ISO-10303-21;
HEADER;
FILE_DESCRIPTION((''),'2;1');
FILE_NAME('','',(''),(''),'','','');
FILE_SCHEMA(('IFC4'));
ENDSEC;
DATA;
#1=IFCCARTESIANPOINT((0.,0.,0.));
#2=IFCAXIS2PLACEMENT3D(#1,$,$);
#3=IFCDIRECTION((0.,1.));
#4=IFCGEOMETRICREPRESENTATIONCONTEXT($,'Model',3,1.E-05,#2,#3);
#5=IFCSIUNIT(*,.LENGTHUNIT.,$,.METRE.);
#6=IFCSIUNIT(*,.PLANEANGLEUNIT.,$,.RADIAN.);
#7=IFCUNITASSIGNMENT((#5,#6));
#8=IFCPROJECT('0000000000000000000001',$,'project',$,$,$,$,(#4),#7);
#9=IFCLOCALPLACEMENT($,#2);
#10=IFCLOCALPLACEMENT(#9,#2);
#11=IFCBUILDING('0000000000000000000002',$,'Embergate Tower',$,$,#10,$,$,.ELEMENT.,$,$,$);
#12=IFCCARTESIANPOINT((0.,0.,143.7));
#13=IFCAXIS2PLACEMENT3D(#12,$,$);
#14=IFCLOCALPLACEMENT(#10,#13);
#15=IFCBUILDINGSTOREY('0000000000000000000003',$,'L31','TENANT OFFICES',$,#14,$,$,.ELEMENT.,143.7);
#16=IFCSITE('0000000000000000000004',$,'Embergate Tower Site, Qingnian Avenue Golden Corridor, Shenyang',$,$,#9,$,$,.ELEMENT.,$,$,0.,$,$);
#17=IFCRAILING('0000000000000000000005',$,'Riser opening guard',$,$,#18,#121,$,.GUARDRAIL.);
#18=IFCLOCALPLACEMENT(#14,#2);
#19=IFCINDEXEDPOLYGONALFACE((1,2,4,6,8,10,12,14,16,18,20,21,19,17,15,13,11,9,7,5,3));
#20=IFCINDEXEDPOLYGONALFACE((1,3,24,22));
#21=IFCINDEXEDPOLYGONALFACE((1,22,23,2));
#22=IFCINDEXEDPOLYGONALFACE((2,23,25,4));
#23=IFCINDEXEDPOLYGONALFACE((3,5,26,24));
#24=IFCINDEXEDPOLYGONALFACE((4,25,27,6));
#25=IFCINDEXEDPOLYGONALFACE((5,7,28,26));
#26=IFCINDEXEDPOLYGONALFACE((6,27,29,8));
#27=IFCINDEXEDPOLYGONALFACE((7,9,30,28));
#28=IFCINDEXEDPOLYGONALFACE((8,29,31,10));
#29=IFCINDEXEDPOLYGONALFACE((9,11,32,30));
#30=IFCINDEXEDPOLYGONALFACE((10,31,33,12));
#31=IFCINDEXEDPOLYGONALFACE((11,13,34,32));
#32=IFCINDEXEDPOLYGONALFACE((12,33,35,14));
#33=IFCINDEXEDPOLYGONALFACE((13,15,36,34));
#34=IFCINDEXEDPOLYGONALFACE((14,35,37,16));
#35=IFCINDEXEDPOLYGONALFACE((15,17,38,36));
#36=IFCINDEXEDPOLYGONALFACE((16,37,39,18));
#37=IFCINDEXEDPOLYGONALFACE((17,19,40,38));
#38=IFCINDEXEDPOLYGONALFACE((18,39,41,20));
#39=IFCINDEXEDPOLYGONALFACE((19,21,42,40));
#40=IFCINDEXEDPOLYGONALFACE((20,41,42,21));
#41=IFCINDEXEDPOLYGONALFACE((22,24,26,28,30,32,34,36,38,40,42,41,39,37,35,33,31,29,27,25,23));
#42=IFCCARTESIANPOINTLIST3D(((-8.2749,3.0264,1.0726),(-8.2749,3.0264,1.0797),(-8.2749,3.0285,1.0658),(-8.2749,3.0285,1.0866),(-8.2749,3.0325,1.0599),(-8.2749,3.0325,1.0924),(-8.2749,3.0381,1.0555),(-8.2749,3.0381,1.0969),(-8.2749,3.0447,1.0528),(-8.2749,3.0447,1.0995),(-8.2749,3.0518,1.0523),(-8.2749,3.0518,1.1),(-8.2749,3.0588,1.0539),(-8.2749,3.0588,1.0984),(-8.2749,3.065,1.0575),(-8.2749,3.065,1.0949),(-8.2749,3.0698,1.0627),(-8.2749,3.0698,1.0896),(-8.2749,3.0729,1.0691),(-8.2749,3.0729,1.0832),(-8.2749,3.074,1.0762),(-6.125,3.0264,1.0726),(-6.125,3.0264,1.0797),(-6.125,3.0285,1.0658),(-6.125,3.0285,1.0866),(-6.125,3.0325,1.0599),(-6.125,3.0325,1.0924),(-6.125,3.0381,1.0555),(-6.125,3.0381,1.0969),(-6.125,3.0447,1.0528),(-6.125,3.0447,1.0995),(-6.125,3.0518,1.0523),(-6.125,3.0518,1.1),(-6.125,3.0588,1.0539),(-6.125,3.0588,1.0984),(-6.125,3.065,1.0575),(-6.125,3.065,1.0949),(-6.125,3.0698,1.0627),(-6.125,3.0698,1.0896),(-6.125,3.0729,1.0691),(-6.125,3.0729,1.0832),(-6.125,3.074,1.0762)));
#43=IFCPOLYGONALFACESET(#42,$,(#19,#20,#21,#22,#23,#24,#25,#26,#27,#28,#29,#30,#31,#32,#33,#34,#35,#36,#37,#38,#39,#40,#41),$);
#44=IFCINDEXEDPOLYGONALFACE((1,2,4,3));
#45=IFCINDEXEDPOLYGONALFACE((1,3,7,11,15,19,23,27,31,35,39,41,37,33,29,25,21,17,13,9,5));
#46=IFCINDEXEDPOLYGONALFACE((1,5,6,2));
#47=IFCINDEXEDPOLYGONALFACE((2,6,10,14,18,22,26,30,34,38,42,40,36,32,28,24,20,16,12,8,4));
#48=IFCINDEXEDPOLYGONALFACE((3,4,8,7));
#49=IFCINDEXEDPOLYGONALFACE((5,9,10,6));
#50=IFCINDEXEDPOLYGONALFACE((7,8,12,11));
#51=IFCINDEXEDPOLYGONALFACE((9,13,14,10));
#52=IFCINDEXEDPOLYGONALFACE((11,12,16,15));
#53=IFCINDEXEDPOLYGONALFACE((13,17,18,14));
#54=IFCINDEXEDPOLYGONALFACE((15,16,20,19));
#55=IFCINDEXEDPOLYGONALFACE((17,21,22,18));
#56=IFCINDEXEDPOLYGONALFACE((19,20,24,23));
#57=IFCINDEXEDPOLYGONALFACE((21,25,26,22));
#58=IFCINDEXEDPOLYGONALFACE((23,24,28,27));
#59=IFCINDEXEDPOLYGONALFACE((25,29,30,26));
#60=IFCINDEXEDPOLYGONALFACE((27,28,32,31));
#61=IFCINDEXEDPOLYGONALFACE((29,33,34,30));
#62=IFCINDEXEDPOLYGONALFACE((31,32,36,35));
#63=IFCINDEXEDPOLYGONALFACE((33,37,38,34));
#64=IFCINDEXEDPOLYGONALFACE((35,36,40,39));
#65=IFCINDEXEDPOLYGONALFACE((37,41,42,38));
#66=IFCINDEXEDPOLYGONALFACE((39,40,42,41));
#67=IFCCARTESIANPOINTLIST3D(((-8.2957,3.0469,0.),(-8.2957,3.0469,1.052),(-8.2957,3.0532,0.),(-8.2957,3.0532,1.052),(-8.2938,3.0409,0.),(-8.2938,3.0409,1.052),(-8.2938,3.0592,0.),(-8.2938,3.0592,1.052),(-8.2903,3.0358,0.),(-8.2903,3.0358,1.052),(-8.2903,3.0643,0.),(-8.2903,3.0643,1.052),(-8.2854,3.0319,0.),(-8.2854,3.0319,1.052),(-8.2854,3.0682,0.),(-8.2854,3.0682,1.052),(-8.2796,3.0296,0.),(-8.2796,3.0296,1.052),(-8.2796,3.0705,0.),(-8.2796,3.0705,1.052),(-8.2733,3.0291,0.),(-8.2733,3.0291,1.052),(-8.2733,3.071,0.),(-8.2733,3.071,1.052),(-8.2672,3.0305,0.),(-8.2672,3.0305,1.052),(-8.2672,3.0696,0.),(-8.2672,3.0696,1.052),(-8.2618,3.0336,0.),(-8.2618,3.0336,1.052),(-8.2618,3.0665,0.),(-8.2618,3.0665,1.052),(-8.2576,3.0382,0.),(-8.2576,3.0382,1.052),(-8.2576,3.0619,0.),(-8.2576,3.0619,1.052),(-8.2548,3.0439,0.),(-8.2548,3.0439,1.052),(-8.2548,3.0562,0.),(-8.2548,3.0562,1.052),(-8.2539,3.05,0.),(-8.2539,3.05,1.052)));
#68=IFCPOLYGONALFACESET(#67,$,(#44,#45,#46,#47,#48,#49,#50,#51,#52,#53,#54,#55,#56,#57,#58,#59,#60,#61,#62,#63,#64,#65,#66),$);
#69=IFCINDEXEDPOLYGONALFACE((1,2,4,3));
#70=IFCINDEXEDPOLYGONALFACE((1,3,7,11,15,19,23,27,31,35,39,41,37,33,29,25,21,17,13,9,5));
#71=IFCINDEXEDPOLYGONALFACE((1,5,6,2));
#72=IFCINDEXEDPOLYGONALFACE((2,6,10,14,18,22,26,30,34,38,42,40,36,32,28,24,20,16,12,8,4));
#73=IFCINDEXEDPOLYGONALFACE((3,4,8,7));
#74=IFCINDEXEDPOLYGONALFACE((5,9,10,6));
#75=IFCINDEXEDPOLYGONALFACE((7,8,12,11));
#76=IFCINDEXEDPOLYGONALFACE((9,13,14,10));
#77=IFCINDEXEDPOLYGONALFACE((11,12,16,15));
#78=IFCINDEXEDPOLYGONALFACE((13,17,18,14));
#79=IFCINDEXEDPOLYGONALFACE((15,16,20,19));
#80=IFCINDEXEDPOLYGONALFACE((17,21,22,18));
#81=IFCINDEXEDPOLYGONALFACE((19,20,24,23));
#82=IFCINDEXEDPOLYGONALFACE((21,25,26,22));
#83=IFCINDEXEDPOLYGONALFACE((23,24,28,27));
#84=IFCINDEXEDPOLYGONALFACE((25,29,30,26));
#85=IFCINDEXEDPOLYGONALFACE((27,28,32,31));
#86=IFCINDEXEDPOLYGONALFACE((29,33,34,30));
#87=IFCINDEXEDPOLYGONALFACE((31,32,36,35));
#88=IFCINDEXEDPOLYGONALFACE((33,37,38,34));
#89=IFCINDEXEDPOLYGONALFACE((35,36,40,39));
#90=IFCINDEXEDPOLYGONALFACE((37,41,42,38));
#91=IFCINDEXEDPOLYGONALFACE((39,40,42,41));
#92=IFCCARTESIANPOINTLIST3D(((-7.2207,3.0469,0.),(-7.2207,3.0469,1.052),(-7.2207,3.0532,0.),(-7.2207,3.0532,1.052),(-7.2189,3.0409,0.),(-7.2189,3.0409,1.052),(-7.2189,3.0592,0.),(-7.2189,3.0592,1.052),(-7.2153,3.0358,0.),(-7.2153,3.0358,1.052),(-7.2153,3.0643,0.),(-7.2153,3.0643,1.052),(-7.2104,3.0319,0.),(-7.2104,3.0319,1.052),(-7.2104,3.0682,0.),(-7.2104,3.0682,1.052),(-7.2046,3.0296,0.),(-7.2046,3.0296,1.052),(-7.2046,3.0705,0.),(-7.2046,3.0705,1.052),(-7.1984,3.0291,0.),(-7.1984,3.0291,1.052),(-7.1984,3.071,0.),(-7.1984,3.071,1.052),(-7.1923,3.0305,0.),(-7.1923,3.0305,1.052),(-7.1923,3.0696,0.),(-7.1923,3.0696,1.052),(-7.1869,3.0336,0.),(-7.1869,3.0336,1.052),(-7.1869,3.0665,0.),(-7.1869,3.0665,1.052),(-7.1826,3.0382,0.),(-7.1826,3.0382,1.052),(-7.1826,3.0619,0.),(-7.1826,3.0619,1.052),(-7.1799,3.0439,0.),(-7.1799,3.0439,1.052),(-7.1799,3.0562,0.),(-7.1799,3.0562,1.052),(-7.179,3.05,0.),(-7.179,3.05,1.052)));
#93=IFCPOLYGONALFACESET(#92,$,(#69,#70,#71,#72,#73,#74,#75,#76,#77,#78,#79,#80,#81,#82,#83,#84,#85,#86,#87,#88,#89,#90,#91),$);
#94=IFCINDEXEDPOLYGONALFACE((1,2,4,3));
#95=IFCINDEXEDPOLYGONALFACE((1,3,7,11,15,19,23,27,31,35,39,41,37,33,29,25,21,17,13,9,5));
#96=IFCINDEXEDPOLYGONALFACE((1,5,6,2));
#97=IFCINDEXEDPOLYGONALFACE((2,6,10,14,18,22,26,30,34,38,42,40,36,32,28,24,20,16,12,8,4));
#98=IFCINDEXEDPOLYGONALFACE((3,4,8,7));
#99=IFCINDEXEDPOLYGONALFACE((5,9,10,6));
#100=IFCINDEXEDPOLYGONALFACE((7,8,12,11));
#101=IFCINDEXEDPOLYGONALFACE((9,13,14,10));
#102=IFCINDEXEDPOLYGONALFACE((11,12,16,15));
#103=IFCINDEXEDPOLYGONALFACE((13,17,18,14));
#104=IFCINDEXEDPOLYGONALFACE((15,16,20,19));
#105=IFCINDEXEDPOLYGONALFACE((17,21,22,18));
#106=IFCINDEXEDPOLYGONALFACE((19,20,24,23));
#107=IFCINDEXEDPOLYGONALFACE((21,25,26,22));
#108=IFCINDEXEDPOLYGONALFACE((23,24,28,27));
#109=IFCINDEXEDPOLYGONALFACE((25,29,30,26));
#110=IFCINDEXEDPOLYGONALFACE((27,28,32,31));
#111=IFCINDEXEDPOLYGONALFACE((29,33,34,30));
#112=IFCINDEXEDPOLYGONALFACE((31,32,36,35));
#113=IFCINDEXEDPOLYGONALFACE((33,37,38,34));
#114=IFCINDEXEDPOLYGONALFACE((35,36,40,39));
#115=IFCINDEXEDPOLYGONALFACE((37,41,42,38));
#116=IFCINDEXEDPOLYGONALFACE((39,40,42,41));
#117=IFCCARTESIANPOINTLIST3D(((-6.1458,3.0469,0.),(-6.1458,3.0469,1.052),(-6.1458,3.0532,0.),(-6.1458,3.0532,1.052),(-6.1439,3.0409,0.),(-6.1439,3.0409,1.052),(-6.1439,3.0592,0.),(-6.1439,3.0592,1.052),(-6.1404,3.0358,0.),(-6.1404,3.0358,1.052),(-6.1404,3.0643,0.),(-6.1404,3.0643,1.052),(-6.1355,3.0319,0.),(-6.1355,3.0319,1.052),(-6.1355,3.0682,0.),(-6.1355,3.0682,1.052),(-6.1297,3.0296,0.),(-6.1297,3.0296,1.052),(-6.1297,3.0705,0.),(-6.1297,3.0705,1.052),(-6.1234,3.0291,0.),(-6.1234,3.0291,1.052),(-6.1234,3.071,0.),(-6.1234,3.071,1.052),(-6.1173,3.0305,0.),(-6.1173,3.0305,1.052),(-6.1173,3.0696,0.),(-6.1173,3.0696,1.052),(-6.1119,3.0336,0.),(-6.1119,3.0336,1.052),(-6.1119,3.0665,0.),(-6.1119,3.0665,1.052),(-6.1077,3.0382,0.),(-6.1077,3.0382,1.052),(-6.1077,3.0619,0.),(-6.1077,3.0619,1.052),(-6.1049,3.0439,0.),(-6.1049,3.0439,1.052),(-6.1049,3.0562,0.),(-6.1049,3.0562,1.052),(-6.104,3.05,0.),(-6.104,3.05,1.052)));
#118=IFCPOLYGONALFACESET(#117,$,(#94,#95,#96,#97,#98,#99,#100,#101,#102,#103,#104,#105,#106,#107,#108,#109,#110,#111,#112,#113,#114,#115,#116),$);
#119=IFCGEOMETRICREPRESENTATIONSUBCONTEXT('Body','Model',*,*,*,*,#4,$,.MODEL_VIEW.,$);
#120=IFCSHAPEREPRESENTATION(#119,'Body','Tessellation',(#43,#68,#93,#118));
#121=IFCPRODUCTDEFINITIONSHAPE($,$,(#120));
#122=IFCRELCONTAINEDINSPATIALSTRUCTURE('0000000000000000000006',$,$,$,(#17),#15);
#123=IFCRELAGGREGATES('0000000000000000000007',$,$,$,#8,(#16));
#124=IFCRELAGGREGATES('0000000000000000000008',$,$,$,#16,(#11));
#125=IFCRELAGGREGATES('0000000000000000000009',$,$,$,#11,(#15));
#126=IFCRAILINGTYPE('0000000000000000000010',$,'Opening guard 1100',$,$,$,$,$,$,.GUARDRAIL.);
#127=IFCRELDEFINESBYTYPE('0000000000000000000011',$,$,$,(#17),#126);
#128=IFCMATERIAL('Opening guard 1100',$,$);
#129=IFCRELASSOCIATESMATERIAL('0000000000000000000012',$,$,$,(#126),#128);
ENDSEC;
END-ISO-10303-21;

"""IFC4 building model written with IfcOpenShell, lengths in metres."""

from ifc_helpers import new_model, si_unit, direction, frame, origin, origin_2d, place, context, subcontext, project, spatial, circle, extrude, source, transform, mapped, material, type_object, element, save


model = new_model("IFC4")

# Units and contexts
model_context = context("Model", 3, precision=1e-05, world=origin(), true_north=direction((0.0, 1.0)))
body_context = subcontext(model_context, "Body", "Model", "MODEL_VIEW")
ifc_project = project(units=[si_unit("LENGTHUNIT", "METRE"), si_unit("PLANEANGLEUNIT", "RADIAN")], contexts=[model_context])

# Site, building, storey
site_placement = place(None, origin())
site = spatial("IfcSite", under=ifc_project, at=site_placement, Name="Embergate Tower Site, Qingnian Avenue Golden Corridor, Shenyang", CompositionType="ELEMENT", RefElevation=0.0)
building_placement = place(site_placement, origin())
building = spatial("IfcBuilding", under=site, at=building_placement, Name="Embergate Tower", CompositionType="ELEMENT")
storey_placement = place(building_placement, frame((0.0, 0.0, 143.7)))
storey = spatial("IfcBuildingStorey", under=building, at=storey_placement, Name="L31", Description="TENANT OFFICES", CompositionType="ELEMENT", Elevation=143.7)

# Railing
ifc_material_1 = material(Name="Opening guard 1100")
railing_type_1 = type_object("IfcRailingType", Name="Opening guard 1100", PredefinedType="GUARDRAIL", material=ifc_material_1)
shared_shape_1 = source(origin(), body_context, "Body", "SweptSolid", [
    extrude(circle(Radius=0.0239, at=origin_2d()), frame((0.0, 0.0, 1.0762), z_axis=(1.0, 0.0, 0.0), x_axis=(0.0, 1.0, 0.0)), (0.0, 0.0, 1.0), 2.1499),
    extrude(circle(Radius=0.021, at=origin_2d()), origin(), (0.0, 0.0, 1.0), 1.052),
    extrude(circle(Radius=0.021, at=origin_2d()), frame((1.075, 0.0, 0.0)), (0.0, 0.0, 1.0), 1.052),
    extrude(circle(Radius=0.021, at=origin_2d()), frame((2.1499, 0.0, 0.0)), (0.0, 0.0, 1.0), 1.052),
])
railing_1_placement = place(storey_placement, frame((-8.2749, 3.05, 0.0)))
element("IfcRailing", 1, at=railing_1_placement, inside=storey, type_object=railing_type_1, Name="Riser opening guard", PredefinedType="GUARDRAIL", context=body_context, shape_type="MappedRepresentation", body=[
    mapped(shared_shape_1, transform((0.0, 0.0, 0.0))),
])

save(model, "model.ifc")
